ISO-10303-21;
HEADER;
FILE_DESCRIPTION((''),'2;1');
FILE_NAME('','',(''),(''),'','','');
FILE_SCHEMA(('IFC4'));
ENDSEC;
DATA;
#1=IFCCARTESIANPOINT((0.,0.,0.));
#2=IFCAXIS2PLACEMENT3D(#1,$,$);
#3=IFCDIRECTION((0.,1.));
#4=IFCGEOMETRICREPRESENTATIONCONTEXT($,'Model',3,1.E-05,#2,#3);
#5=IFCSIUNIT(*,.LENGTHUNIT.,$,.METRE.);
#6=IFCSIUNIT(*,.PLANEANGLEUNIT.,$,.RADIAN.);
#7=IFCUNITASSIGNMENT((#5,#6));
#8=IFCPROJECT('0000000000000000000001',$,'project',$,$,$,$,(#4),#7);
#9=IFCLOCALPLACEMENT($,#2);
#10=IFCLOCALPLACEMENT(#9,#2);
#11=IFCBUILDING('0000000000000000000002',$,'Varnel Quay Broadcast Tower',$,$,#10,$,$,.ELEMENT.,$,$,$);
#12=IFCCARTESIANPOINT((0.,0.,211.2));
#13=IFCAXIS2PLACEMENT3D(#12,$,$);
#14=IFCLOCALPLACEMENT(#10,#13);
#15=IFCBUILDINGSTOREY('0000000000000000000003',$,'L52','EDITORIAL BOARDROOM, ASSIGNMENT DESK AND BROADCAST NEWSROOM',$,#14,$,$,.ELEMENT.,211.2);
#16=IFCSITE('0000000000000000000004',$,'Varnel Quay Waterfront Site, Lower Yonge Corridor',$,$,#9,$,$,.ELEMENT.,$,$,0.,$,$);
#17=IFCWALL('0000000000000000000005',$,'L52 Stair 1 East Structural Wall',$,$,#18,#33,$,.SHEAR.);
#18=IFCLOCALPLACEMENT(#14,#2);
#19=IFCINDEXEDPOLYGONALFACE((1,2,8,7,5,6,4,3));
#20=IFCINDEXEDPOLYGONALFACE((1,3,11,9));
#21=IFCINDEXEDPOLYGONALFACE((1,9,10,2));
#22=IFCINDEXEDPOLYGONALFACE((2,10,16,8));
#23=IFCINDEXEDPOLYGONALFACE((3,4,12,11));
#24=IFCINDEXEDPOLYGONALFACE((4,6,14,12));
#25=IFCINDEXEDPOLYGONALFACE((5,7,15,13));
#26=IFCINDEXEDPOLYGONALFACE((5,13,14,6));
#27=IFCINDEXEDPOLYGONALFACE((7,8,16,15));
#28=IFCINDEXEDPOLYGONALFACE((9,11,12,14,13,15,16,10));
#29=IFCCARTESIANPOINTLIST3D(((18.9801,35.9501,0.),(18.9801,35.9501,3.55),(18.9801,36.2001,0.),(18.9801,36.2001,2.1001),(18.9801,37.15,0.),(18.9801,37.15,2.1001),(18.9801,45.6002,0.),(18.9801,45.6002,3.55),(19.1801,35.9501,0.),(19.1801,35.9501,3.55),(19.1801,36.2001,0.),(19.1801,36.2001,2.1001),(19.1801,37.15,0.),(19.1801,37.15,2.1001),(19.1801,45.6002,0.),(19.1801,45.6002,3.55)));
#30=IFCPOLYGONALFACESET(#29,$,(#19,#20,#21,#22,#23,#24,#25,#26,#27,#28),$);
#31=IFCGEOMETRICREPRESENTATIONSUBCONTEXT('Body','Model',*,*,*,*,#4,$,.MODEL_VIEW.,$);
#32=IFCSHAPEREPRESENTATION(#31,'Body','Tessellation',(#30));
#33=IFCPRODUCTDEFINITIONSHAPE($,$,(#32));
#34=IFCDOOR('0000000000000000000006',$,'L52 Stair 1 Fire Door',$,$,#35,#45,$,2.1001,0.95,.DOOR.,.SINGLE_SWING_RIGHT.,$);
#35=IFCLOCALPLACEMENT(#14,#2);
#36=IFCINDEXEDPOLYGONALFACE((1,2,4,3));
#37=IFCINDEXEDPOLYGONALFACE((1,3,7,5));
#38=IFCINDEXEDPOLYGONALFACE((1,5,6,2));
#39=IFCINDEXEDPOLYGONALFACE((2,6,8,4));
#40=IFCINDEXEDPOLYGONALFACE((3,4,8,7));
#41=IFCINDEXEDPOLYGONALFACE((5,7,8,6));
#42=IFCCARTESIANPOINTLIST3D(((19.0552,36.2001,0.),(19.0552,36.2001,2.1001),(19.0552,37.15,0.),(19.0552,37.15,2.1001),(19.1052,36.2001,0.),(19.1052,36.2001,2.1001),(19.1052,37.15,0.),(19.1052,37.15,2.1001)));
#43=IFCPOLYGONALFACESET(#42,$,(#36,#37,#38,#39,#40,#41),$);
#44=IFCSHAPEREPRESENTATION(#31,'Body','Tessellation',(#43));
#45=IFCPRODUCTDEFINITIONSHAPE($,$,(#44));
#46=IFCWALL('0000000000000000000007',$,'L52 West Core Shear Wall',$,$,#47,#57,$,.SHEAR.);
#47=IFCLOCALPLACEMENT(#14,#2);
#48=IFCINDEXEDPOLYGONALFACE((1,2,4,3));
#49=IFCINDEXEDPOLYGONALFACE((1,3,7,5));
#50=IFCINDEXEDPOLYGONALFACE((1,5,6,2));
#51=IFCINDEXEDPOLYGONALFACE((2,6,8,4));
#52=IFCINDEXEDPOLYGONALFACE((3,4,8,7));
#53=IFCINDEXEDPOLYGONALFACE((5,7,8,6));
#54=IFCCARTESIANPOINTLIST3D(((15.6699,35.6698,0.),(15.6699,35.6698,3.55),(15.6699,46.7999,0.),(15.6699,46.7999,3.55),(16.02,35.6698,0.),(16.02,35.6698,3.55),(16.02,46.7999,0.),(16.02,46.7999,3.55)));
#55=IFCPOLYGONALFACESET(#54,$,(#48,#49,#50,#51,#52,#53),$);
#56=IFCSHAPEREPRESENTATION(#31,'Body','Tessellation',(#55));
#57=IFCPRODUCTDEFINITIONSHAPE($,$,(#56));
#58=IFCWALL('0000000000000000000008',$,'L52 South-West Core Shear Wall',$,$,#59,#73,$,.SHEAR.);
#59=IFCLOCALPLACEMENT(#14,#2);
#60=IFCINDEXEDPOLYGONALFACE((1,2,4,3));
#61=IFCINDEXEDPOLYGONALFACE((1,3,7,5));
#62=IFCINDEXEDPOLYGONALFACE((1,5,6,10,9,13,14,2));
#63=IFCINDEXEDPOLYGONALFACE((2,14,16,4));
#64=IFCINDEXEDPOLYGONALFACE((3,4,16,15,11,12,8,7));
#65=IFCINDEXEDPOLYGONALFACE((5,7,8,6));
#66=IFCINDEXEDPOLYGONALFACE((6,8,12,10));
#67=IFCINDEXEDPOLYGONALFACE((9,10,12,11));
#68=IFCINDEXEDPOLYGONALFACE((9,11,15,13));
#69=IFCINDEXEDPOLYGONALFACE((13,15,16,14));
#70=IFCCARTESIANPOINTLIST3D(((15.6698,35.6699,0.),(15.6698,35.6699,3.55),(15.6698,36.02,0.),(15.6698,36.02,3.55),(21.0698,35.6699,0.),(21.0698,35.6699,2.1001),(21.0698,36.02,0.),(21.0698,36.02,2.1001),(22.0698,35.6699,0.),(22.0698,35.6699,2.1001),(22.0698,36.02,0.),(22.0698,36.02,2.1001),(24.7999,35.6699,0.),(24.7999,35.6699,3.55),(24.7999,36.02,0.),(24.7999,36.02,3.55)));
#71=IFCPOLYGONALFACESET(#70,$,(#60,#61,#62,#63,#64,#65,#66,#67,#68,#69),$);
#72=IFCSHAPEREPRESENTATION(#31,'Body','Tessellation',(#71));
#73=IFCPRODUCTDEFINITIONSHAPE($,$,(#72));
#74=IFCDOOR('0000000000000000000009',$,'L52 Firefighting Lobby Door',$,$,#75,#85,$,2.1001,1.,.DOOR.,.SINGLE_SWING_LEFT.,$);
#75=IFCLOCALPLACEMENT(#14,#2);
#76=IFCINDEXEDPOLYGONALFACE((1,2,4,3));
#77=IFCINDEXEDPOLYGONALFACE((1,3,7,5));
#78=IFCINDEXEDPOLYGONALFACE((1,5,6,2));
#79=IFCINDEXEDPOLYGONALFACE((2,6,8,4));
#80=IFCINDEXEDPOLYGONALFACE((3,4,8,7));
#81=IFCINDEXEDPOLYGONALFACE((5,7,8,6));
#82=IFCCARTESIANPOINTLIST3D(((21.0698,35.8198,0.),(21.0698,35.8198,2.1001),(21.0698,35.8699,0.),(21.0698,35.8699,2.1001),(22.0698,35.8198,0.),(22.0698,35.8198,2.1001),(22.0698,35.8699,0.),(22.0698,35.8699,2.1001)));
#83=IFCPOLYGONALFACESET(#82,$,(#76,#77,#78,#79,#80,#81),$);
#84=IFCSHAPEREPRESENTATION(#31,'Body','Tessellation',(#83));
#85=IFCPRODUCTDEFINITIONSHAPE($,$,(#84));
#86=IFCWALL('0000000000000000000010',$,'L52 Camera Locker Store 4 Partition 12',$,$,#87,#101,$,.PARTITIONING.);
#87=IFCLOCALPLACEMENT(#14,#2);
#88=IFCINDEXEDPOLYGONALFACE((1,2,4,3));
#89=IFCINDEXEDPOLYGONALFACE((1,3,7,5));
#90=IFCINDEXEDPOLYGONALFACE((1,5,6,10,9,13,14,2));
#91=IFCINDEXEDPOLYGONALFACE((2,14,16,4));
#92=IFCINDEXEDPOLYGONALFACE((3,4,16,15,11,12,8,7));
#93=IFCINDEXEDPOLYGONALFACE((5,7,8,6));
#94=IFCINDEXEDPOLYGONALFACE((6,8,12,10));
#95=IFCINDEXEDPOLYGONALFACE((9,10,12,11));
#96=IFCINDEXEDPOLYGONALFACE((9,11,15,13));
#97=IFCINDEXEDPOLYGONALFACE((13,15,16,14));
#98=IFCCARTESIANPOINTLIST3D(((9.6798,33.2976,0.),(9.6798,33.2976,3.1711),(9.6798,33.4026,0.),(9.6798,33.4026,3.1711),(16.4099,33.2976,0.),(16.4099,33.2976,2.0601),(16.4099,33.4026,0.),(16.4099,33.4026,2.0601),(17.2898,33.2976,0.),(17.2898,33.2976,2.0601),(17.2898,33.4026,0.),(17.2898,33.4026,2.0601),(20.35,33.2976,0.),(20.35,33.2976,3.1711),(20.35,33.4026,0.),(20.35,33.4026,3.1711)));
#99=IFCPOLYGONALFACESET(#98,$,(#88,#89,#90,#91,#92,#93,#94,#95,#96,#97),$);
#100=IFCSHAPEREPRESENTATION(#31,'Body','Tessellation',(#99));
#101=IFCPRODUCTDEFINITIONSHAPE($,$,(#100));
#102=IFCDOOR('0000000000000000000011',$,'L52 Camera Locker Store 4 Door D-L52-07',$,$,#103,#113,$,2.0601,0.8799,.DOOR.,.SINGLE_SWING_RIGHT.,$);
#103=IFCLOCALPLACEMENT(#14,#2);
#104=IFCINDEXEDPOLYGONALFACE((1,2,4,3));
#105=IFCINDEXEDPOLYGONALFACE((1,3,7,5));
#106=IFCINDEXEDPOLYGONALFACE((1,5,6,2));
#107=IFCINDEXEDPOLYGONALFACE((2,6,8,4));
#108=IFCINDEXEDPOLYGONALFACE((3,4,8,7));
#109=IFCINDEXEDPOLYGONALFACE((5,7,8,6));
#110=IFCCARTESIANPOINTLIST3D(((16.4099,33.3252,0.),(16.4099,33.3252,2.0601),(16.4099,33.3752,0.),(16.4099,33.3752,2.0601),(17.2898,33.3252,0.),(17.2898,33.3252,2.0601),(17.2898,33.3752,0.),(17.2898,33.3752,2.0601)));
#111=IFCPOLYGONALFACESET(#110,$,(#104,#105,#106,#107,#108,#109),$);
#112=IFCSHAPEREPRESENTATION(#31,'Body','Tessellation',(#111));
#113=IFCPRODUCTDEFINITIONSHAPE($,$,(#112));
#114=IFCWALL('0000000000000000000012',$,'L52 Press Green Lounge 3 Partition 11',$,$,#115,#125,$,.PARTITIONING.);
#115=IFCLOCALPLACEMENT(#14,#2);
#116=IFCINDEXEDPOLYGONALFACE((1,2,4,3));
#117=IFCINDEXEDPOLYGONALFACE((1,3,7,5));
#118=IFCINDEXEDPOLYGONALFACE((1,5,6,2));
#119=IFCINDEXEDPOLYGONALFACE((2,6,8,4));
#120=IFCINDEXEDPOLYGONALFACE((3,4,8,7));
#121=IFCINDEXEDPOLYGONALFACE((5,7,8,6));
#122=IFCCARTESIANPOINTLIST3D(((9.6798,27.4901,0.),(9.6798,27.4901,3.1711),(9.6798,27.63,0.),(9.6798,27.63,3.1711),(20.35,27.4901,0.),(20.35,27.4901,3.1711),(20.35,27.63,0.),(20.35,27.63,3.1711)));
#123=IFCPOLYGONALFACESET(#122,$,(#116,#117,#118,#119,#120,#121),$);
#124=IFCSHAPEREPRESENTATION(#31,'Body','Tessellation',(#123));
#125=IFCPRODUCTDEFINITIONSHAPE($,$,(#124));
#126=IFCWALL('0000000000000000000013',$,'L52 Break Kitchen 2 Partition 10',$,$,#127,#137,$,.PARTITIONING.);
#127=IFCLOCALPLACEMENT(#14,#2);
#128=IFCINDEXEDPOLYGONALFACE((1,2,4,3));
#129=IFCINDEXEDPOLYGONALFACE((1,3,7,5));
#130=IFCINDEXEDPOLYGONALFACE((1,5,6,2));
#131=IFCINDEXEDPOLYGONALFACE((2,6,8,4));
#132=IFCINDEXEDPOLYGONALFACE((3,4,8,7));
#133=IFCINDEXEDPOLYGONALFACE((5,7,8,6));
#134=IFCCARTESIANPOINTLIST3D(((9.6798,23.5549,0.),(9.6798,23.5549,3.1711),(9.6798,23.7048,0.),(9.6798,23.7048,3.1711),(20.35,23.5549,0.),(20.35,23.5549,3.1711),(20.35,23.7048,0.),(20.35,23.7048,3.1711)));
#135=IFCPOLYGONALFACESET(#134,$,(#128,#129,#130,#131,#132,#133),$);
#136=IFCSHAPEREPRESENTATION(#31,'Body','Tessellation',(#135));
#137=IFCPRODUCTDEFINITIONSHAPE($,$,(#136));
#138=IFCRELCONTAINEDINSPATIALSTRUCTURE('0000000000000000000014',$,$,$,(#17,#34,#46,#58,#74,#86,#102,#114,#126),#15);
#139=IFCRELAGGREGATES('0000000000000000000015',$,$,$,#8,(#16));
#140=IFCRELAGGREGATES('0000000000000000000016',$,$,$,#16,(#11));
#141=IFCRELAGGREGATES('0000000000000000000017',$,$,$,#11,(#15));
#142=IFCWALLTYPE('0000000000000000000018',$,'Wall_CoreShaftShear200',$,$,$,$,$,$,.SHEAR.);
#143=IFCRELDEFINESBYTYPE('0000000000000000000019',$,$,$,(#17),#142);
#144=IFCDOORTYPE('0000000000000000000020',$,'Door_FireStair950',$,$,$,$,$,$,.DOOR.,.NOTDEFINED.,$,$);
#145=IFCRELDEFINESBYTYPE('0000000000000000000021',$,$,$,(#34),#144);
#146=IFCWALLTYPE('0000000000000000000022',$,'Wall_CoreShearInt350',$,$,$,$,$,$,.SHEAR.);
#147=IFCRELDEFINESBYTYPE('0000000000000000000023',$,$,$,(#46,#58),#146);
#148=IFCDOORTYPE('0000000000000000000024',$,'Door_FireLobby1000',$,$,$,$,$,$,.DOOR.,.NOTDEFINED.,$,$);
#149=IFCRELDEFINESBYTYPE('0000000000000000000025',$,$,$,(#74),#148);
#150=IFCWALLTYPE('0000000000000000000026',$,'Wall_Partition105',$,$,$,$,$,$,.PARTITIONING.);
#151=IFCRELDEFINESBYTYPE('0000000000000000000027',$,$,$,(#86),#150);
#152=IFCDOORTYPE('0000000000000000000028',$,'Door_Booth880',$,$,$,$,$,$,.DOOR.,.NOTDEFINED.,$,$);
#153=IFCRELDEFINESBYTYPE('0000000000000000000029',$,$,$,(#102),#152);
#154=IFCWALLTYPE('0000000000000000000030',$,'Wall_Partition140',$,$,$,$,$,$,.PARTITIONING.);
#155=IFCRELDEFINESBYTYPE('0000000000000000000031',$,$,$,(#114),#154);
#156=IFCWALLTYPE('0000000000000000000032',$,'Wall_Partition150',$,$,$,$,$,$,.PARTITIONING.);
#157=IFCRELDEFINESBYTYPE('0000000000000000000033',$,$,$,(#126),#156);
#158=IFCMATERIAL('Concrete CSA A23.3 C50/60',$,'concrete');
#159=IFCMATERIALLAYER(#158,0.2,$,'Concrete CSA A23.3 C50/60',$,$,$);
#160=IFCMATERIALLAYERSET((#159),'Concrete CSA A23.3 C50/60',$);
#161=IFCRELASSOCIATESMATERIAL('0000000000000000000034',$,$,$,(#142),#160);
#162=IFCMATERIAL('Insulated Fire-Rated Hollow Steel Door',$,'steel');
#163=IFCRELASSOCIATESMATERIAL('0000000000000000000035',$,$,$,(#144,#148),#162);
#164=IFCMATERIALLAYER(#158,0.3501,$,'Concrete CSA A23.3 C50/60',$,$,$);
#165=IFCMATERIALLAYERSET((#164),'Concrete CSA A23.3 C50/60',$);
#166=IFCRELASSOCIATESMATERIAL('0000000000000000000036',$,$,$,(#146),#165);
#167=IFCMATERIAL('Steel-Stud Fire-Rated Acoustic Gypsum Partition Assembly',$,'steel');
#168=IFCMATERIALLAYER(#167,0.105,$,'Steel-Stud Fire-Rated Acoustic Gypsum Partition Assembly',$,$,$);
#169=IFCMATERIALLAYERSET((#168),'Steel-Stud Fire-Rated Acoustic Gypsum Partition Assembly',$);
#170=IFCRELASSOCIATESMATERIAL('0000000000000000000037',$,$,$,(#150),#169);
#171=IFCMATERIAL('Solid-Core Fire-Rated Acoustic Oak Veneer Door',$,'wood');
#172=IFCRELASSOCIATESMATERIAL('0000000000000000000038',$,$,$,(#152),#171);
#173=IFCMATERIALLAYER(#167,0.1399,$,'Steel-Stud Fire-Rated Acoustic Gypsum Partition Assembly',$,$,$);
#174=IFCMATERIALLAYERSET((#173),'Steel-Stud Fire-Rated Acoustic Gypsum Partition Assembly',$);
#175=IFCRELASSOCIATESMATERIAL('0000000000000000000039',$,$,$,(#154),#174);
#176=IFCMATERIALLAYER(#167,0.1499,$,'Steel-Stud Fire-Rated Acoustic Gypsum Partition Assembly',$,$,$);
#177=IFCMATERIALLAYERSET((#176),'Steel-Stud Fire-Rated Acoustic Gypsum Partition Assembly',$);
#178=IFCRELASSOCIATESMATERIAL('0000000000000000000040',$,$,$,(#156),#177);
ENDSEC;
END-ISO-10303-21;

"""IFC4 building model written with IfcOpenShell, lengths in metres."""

from ifc_helpers import new_model, si_unit, direction, frame, frame_2d, origin, place, context, subcontext, project, spatial, rectangle, extrude, source, transform, mapped, material, layer, layer_set, type_object, type_shapes, element, fill, save


model = new_model("IFC4")

# Units and contexts
model_context = context("Model", 3, precision=1e-05, world=origin(), true_north=direction((0.0, 1.0)))
body_context = subcontext(model_context, "Body", "Model", "MODEL_VIEW")
ifc_project = project(units=[si_unit("LENGTHUNIT", "METRE"), si_unit("PLANEANGLEUNIT", "RADIAN")], contexts=[model_context])

# Site, building, storey
site_placement = place(None, origin())
site = spatial("IfcSite", under=ifc_project, at=site_placement, Name="Varnel Quay Waterfront Site, Lower Yonge Corridor", CompositionType="ELEMENT", RefElevation=0.0)
building_placement = place(site_placement, origin())
building = spatial("IfcBuilding", under=site, at=building_placement, Name="Varnel Quay Broadcast Tower", CompositionType="ELEMENT")
storey_placement = place(building_placement, frame((0.0, 0.0, 211.2)))
storey = spatial("IfcBuildingStorey", under=building, at=storey_placement, Name="L52", Description="EDITORIAL BOARDROOM, ASSIGNMENT DESK AND BROADCAST NEWSROOM", CompositionType="ELEMENT", Elevation=211.2)

# Shared definitions
ifc_material_1 = material(Name="Concrete CSA A23.3 C50/60", Category="concrete")

# Wall, opening, door
ifc_layer_1 = layer(ifc_material_1, 0.2, Name="Concrete CSA A23.3 C50/60")
ifc_layer_set_1 = layer_set([ifc_layer_1], Name="Concrete CSA A23.3 C50/60")
wall_type_1 = type_object("IfcWallType", Name="Wall_CoreShaftShear200", PredefinedType="SHEAR", material=ifc_layer_set_1)
wall_1_placement = place(storey_placement, frame((19.0801, 35.95, 0.0), z_axis=(0.0, 0.0, 1.0), x_axis=(0.0, 1.0, 0.0)))
wall_1 = element("IfcWall", 1, at=wall_1_placement, inside=storey, type_object=wall_type_1, Name="L52 Stair 1 East Structural Wall", PredefinedType="SHEAR", context=body_context, shape_type="SweptSolid", body=[
    extrude(rectangle(XDim=9.6501, YDim=0.2, at=frame_2d((4.8252, 0.0))), origin(), (0.0, 0.0, 1.0), 3.55),
])
opening_1_placement = place(wall_1_placement, frame((0.25, 0.0, 0.0)))
opening_1 = element("IfcOpeningElement", 2, at=opening_1_placement, cuts=wall_1, PredefinedType="OPENING", context=body_context, shape_type="SweptSolid", body=[
    extrude(rectangle(XDim=0.95, YDim=2.1001, at=frame_2d((0.4751, 1.05))), frame((0.0, 0.1099, 0.0), z_axis=(0.0, -1.0, 0.0), x_axis=(1.0, 0.0, 0.0)), (0.0, 0.0, 1.0), 0.22),
])
ifc_material_2 = material(Name="Insulated Fire-Rated Hollow Steel Door", Category="steel")
door_type_1 = type_object("IfcDoorType", Name="Door_FireStair950", OperationType="NOTDEFINED", PredefinedType="DOOR", material=ifc_material_2)
shared_shape_1 = source(origin(), body_context, "Body", "SweptSolid", [
    extrude(rectangle(XDim=0.95, YDim=2.1001, at=frame_2d((0.4751, 1.05))), frame((0.0, 0.0249, 0.0), z_axis=(0.0, -1.0, 0.0), x_axis=(1.0, 0.0, 0.0)), (0.0, 0.0, 1.0), 0.05),
])
type_shapes(door_type_1, [shared_shape_1])
door_1_placement = place(opening_1_placement, origin())
door_1 = element("IfcDoor", 3, at=door_1_placement, inside=storey, type_object=door_type_1, Name="L52 Stair 1 Fire Door", OperationType="SINGLE_SWING_RIGHT", OverallHeight=2.1001, OverallWidth=0.95, PredefinedType="DOOR", context=body_context, shape_type="MappedRepresentation", body=[
    mapped(shared_shape_1, transform((0.0, 0.0, 0.0), x_axis=(1.0, 0.0, 0.0), y_axis=(0.0, 1.0, 0.0), z_axis=(0.0, 0.0, 1.0), scale=1.0)),
])
fill(opening_1, door_1)

# Wall
ifc_layer_2 = layer(ifc_material_1, 0.3501, Name="Concrete CSA A23.3 C50/60")
ifc_layer_set_2 = layer_set([ifc_layer_2], Name="Concrete CSA A23.3 C50/60")
wall_type_2 = type_object("IfcWallType", Name="Wall_CoreShearInt350", PredefinedType="SHEAR", material=ifc_layer_set_2)
wall_2_placement = place(storey_placement, frame((15.845, 35.6699, 0.0), z_axis=(0.0, 0.0, 1.0), x_axis=(0.0, 1.0, 0.0)))
element("IfcWall", 4, at=wall_2_placement, inside=storey, type_object=wall_type_2, Name="L52 West Core Shear Wall", PredefinedType="SHEAR", context=body_context, shape_type="SweptSolid", body=[
    extrude(rectangle(XDim=11.1301, YDim=0.3501, at=frame_2d((5.5649, 0.0))), origin(), (0.0, 0.0, 1.0), 3.55),
])

# Walls, openings, doors
wall_3_placement = place(storey_placement, frame((15.6699, 35.845, 0.0), z_axis=(0.0, 0.0, 1.0), x_axis=(1.0, 0.0, 0.0)))
wall_3 = element("IfcWall", 5, at=wall_3_placement, inside=storey, type_object=wall_type_2, Name="L52 South-West Core Shear Wall", PredefinedType="SHEAR", context=body_context, shape_type="SweptSolid", body=[
    extrude(rectangle(XDim=9.1301, YDim=0.3501, at=frame_2d((4.5649, 0.0))), origin(), (0.0, 0.0, 1.0), 3.55),
])
opening_2_placement = place(wall_3_placement, frame((5.3999, 0.0, 0.0)))
opening_2 = element("IfcOpeningElement", 6, at=opening_2_placement, cuts=wall_3, PredefinedType="OPENING", context=body_context, shape_type="SweptSolid", body=[
    extrude(rectangle(XDim=1.0, YDim=2.1001, at=frame_2d((0.5, 1.05))), frame((0.0, 0.1851, 0.0), z_axis=(0.0, -1.0, 0.0), x_axis=(1.0, 0.0, 0.0)), (0.0, 0.0, 1.0), 0.3701),
])
door_type_2 = type_object("IfcDoorType", Name="Door_FireLobby1000", OperationType="NOTDEFINED", PredefinedType="DOOR", material=ifc_material_2)
shared_shape_2 = source(origin(), body_context, "Body", "SweptSolid", [
    extrude(rectangle(XDim=1.0, YDim=2.1001, at=frame_2d((0.5, 1.05))), frame((0.0, 0.0249, 0.0), z_axis=(0.0, -1.0, 0.0), x_axis=(1.0, 0.0, 0.0)), (0.0, 0.0, 1.0), 0.05),
])
type_shapes(door_type_2, [shared_shape_2])
door_2_placement = place(opening_2_placement, origin())
door_2 = element("IfcDoor", 7, at=door_2_placement, inside=storey, type_object=door_type_2, Name="L52 Firefighting Lobby Door", OperationType="SINGLE_SWING_LEFT", OverallHeight=2.1001, OverallWidth=1.0, PredefinedType="DOOR", context=body_context, shape_type="MappedRepresentation", body=[
    mapped(shared_shape_2, transform((0.0, 0.0, 0.0), x_axis=(1.0, 0.0, 0.0), y_axis=(0.0, 1.0, 0.0), z_axis=(0.0, 0.0, 1.0), scale=1.0)),
])
fill(opening_2, door_2)
ifc_material_3 = material(Name="Steel-Stud Fire-Rated Acoustic Gypsum Partition Assembly", Category="steel")
ifc_layer_3 = layer(ifc_material_3, 0.105, Name="Steel-Stud Fire-Rated Acoustic Gypsum Partition Assembly")
ifc_layer_set_3 = layer_set([ifc_layer_3], Name="Steel-Stud Fire-Rated Acoustic Gypsum Partition Assembly")
wall_type_3 = type_object("IfcWallType", Name="Wall_Partition105", PredefinedType="PARTITIONING", material=ifc_layer_set_3)
wall_4_placement = place(storey_placement, frame((9.6799, 33.3501, 0.0), z_axis=(0.0, 0.0, 1.0), x_axis=(1.0, 0.0, 0.0)))
wall_4 = element("IfcWall", 8, at=wall_4_placement, inside=storey, type_object=wall_type_3, Name="L52 Camera Locker Store 4 Partition 12", PredefinedType="PARTITIONING", context=body_context, shape_type="SweptSolid", body=[
    extrude(rectangle(XDim=10.6702, YDim=0.105, at=frame_2d((5.335, 0.0))), origin(), (0.0, 0.0, 1.0), 3.1711),
])
opening_3_placement = place(wall_4_placement, frame((6.73, 0.0, 0.0)))
opening_3 = element("IfcOpeningElement", 9, at=opening_3_placement, cuts=wall_4, PredefinedType="OPENING", context=body_context, shape_type="SweptSolid", body=[
    extrude(rectangle(XDim=0.8799, YDim=2.0601, at=frame_2d((0.4399, 1.03))), frame((0.0, 0.0625, 0.0), z_axis=(0.0, -1.0, 0.0), x_axis=(1.0, 0.0, 0.0)), (0.0, 0.0, 1.0), 0.125),
])
ifc_material_4 = material(Name="Solid-Core Fire-Rated Acoustic Oak Veneer Door", Category="wood")
door_type_3 = type_object("IfcDoorType", Name="Door_Booth880", OperationType="NOTDEFINED", PredefinedType="DOOR", material=ifc_material_4)
shared_shape_3 = source(origin(), body_context, "Body", "SweptSolid", [
    extrude(rectangle(XDim=0.8799, YDim=2.0601, at=frame_2d((0.4399, 1.03))), frame((0.0, 0.0249, 0.0), z_axis=(0.0, -1.0, 0.0), x_axis=(1.0, 0.0, 0.0)), (0.0, 0.0, 1.0), 0.05),
])
type_shapes(door_type_3, [shared_shape_3])
door_3_placement = place(opening_3_placement, frame((0.8799, 0.0, 0.0), z_axis=(0.0, 0.0, 1.0), x_axis=(-1.0, 0.0, 0.0)))
door_3 = element("IfcDoor", 10, at=door_3_placement, inside=storey, type_object=door_type_3, Name="L52 Camera Locker Store 4 Door D-L52-07", OperationType="SINGLE_SWING_RIGHT", OverallHeight=2.0601, OverallWidth=0.8799, PredefinedType="DOOR", context=body_context, shape_type="MappedRepresentation", body=[
    mapped(shared_shape_3, transform((0.0, 0.0, 0.0), x_axis=(1.0, 0.0, 0.0), y_axis=(0.0, 1.0, 0.0), z_axis=(0.0, 0.0, 1.0), scale=1.0)),
])
fill(opening_3, door_3)

# Walls
ifc_layer_4 = layer(ifc_material_3, 0.1399, Name="Steel-Stud Fire-Rated Acoustic Gypsum Partition Assembly")
ifc_layer_set_4 = layer_set([ifc_layer_4], Name="Steel-Stud Fire-Rated Acoustic Gypsum Partition Assembly")
wall_type_4 = type_object("IfcWallType", Name="Wall_Partition140", PredefinedType="PARTITIONING", material=ifc_layer_set_4)
wall_5_placement = place(storey_placement, frame((9.6799, 27.5601, 0.0), z_axis=(0.0, 0.0, 1.0), x_axis=(1.0, 0.0, 0.0)))
element("IfcWall", 11, at=wall_5_placement, inside=storey, type_object=wall_type_4, Name="L52 Press Green Lounge 3 Partition 11", PredefinedType="PARTITIONING", context=body_context, shape_type="SweptSolid", body=[
    extrude(rectangle(XDim=10.6702, YDim=0.1399, at=frame_2d((5.335, 0.0))), origin(), (0.0, 0.0, 1.0), 3.1711),
])
ifc_layer_5 = layer(ifc_material_3, 0.1499, Name="Steel-Stud Fire-Rated Acoustic Gypsum Partition Assembly")
ifc_layer_set_5 = layer_set([ifc_layer_5], Name="Steel-Stud Fire-Rated Acoustic Gypsum Partition Assembly")
wall_type_5 = type_object("IfcWallType", Name="Wall_Partition150", PredefinedType="PARTITIONING", material=ifc_layer_set_5)
wall_6_placement = place(storey_placement, frame((9.6799, 23.6299, 0.0), z_axis=(0.0, 0.0, 1.0), x_axis=(1.0, 0.0, 0.0)))
element("IfcWall", 12, at=wall_6_placement, inside=storey, type_object=wall_type_5, Name="L52 Break Kitchen 2 Partition 10", PredefinedType="PARTITIONING", context=body_context, shape_type="SweptSolid", body=[
    extrude(rectangle(XDim=10.6702, YDim=0.1499, at=frame_2d((5.335, 0.0))), origin(), (0.0, 0.0, 1.0), 3.1711),
])

save(model, "model.ifc")
